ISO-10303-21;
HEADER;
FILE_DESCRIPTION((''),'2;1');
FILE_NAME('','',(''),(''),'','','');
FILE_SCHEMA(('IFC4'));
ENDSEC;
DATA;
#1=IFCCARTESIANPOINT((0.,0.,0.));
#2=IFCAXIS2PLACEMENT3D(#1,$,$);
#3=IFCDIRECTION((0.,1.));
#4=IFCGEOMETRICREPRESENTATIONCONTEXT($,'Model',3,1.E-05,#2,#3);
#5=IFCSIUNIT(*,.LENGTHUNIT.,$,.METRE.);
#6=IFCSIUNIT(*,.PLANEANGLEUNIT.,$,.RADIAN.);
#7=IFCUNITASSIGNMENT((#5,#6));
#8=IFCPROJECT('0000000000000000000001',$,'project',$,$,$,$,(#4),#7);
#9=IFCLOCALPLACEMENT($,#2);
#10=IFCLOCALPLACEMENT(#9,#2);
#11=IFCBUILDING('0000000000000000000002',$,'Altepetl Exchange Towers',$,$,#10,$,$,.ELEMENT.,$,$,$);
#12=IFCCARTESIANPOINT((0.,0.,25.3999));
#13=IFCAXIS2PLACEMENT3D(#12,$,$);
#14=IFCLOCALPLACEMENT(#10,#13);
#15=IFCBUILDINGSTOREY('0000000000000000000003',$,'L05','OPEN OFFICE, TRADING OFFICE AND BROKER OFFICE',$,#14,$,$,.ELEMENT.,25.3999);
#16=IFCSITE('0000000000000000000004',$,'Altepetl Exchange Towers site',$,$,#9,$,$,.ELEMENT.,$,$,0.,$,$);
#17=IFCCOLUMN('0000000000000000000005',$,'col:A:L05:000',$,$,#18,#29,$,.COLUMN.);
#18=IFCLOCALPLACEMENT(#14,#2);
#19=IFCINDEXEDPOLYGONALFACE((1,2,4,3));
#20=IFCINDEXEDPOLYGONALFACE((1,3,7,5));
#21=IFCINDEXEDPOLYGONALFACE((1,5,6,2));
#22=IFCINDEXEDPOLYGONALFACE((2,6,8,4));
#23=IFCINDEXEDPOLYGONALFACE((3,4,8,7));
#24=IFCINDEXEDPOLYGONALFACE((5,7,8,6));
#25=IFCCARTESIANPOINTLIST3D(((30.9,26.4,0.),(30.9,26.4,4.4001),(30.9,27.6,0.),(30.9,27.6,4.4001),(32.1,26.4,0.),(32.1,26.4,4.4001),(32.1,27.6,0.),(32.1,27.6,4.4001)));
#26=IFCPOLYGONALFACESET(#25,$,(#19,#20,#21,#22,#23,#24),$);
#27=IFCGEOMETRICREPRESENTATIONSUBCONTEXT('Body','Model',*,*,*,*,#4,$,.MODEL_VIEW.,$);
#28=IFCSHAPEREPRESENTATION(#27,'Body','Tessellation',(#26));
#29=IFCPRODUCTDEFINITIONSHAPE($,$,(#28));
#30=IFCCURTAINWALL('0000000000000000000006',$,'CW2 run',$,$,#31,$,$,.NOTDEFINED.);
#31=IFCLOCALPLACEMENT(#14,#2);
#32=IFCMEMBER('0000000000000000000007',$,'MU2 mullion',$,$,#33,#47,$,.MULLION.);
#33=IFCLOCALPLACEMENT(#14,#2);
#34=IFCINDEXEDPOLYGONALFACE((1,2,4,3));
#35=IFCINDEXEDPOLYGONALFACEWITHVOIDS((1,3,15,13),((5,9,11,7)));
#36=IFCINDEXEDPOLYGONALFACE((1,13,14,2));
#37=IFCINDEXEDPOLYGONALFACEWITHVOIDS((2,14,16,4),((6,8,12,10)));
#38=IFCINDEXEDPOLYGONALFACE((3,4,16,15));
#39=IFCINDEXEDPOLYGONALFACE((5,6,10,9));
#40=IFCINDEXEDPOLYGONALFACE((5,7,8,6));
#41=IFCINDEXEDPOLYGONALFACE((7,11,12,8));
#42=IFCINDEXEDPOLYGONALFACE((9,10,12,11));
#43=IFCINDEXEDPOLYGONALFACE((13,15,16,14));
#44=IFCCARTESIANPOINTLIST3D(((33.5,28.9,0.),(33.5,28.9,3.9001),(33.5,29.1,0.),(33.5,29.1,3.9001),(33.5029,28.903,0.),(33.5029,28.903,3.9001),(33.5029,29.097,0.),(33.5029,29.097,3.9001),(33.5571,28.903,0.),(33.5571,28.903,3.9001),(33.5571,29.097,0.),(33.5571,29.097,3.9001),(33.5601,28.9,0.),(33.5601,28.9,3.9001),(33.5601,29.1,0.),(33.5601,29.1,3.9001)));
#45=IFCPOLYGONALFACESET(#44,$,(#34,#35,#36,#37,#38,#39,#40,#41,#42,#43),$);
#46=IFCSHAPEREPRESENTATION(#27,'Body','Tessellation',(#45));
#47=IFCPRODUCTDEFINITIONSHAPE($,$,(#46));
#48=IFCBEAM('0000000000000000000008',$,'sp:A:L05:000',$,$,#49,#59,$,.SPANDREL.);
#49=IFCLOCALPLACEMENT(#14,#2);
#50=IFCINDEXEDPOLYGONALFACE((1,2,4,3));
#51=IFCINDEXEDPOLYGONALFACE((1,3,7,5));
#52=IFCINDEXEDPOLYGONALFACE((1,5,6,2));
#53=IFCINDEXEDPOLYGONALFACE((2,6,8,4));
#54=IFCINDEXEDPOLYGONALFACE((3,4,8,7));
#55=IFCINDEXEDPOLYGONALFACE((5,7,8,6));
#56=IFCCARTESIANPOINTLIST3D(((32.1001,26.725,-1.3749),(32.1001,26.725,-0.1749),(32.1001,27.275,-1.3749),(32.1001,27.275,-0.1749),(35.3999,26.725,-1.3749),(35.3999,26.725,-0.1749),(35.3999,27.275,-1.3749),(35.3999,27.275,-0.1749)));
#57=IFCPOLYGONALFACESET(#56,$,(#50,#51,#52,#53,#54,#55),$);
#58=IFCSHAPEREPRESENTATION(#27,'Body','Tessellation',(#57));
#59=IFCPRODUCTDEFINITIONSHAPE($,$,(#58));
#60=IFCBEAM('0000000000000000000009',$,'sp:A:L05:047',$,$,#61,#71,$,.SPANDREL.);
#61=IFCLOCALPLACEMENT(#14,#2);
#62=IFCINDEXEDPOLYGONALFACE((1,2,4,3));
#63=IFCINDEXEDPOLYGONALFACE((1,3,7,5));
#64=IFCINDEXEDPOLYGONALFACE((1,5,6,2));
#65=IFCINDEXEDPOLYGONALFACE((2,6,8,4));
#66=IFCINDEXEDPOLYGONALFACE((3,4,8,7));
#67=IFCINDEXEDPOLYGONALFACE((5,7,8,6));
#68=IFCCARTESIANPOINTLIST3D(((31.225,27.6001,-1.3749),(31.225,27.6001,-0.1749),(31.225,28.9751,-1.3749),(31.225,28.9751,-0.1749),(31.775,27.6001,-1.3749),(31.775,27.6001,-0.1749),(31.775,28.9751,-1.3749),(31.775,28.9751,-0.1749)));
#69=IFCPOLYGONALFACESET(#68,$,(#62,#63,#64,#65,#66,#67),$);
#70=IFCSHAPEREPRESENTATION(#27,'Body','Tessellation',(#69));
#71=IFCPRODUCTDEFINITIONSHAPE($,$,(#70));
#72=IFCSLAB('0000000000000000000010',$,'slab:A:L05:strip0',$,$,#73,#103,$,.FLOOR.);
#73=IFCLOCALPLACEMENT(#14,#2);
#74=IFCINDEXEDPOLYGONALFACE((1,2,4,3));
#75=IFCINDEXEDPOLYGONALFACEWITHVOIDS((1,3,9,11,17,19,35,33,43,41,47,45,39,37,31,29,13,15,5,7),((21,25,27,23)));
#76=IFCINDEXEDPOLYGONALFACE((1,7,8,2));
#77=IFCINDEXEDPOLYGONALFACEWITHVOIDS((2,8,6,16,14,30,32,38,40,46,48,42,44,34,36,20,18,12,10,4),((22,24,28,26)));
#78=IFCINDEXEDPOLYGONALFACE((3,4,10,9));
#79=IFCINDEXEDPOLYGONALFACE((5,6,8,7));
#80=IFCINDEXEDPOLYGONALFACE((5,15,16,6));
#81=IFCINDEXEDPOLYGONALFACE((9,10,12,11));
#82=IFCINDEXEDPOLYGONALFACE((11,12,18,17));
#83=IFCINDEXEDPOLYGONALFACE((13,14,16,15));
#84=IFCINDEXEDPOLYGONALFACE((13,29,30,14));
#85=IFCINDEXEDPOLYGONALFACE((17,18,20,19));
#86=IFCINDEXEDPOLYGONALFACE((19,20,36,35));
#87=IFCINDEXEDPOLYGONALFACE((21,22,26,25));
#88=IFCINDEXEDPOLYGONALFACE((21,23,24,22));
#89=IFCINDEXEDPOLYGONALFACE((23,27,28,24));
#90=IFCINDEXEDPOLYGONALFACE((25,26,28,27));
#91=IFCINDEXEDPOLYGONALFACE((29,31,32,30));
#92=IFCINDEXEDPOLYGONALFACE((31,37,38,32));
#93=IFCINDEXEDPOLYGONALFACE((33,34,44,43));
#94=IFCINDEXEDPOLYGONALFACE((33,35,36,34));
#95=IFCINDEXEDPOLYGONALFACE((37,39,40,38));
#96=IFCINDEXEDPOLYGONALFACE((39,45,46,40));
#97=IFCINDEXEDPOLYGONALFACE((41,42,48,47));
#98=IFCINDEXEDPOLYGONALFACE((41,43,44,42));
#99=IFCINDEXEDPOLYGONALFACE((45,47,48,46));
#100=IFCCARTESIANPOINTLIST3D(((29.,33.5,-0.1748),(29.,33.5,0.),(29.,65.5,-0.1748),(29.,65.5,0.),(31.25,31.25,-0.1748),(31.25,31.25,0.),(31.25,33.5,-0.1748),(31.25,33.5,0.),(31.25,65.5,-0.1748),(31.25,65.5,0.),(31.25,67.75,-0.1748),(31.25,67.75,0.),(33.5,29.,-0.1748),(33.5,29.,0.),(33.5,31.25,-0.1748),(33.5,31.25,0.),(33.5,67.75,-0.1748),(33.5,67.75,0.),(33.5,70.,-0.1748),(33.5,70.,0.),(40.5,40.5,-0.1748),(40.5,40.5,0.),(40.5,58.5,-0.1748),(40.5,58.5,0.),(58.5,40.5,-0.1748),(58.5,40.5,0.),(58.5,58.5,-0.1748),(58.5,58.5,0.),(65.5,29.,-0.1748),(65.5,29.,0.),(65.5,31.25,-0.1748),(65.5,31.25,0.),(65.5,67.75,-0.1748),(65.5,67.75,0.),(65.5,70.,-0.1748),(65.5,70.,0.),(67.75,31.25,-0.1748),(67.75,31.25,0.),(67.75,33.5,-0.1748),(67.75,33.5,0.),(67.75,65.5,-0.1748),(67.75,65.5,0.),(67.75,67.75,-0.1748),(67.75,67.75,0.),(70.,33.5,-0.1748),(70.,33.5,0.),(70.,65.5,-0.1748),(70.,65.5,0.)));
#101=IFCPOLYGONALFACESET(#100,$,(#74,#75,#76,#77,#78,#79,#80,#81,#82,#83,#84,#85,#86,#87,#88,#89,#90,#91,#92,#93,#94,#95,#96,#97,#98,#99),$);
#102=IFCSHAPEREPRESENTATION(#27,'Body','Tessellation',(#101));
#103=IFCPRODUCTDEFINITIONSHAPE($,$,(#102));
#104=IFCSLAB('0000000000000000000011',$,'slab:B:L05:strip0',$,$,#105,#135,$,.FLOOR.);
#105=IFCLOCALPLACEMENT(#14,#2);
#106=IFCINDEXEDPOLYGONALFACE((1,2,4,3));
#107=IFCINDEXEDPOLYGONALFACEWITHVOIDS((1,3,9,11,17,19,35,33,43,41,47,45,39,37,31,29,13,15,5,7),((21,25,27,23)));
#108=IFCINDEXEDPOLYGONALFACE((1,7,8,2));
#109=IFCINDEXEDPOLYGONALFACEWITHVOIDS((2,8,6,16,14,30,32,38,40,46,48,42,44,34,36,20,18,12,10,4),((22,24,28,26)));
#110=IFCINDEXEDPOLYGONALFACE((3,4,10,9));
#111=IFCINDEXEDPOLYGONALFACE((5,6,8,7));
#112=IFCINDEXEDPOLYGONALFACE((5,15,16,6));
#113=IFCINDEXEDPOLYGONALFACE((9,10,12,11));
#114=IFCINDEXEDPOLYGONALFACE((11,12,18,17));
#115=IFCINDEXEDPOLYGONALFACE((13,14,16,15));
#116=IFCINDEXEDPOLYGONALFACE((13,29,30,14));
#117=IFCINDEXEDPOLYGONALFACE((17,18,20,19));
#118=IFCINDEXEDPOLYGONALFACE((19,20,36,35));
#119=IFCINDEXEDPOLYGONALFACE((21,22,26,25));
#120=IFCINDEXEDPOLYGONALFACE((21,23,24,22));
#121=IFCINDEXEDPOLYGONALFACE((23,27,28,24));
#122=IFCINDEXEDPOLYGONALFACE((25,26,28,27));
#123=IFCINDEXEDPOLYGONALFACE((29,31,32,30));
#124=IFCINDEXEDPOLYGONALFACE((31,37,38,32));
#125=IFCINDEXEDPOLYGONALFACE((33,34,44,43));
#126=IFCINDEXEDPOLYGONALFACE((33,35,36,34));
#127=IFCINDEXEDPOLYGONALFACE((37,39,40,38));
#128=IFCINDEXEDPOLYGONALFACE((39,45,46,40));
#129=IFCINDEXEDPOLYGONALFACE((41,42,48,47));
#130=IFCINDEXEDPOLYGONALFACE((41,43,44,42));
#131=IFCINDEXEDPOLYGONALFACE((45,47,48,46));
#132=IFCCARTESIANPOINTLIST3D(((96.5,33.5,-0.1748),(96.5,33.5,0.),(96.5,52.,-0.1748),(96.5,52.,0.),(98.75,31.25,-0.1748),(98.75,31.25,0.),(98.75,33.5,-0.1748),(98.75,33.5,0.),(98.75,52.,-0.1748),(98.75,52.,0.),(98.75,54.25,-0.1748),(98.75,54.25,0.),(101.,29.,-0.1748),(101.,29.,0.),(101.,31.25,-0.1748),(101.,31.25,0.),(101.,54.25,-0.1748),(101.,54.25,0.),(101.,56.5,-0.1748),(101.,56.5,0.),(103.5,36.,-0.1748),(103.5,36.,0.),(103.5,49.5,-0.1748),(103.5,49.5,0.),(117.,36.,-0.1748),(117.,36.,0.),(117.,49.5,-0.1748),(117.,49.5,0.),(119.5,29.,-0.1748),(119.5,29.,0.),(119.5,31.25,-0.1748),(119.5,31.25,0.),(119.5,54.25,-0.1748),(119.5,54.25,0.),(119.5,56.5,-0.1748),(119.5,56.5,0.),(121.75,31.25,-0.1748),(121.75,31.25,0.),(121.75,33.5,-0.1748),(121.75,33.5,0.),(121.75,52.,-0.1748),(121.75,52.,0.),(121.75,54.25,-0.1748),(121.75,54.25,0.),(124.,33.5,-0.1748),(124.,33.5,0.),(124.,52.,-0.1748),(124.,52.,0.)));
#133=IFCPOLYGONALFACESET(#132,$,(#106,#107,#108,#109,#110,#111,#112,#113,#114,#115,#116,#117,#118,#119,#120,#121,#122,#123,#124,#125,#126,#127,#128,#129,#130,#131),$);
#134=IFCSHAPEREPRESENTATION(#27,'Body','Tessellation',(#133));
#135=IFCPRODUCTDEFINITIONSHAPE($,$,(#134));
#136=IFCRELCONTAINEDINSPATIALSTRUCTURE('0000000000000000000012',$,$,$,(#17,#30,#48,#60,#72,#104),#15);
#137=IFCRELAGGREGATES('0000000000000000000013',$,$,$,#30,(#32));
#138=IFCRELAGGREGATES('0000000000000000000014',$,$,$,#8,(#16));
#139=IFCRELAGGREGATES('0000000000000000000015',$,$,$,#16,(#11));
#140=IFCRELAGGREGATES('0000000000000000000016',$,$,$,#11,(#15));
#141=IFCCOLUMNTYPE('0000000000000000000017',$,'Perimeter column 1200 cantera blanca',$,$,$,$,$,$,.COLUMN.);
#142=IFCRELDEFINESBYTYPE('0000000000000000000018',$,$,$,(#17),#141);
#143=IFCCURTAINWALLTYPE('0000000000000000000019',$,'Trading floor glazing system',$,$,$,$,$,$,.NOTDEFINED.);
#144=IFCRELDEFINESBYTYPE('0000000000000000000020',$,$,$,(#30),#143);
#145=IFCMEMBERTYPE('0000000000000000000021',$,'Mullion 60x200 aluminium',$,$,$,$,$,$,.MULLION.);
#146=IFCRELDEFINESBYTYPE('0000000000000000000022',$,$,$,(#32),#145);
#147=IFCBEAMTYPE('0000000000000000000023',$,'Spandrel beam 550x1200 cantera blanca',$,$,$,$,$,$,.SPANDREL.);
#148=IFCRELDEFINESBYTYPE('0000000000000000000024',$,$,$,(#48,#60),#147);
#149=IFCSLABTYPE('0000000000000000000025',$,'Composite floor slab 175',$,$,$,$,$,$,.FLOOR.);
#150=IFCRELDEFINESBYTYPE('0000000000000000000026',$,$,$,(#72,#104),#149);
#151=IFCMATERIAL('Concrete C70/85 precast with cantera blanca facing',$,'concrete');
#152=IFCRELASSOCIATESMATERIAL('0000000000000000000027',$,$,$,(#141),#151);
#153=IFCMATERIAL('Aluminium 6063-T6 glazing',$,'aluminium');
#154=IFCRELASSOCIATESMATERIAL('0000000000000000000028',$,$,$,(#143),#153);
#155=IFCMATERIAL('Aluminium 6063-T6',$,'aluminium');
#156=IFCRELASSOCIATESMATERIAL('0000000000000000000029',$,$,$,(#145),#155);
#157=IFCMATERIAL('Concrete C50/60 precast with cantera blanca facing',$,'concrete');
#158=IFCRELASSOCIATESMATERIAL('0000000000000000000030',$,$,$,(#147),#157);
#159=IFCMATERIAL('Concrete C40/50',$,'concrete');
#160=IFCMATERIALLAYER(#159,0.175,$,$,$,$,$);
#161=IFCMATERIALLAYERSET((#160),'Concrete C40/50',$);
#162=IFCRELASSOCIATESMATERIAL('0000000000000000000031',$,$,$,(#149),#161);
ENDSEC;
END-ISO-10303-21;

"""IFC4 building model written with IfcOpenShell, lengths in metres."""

from ifc_helpers import new_model, si_unit, direction, frame, origin, origin_2d, place, context, subcontext, project, spatial, polyline, rectangle, hollow_rectangle, outline, extrude, material, layer, layer_set, material_profile, profile_set, type_object, element, aggregate, save


model = new_model("IFC4")

# Units and contexts
model_context = context("Model", 3, precision=1e-05, world=origin(), true_north=direction((0.0, 1.0)))
body_context = subcontext(model_context, "Body", "Model", "MODEL_VIEW")
ifc_project = project(units=[si_unit("LENGTHUNIT", "METRE"), si_unit("PLANEANGLEUNIT", "RADIAN")], contexts=[model_context])

# Site, building, storey
site_placement = place(None, origin())
site = spatial("IfcSite", under=ifc_project, at=site_placement, Name="Altepetl Exchange Towers site", CompositionType="ELEMENT", RefElevation=0.0)
building_placement = place(site_placement, origin())
building = spatial("IfcBuilding", under=site, at=building_placement, Name="Altepetl Exchange Towers", CompositionType="ELEMENT")
storey_placement = place(building_placement, frame((0.0, 0.0, 25.3999)))
storey = spatial("IfcBuildingStorey", under=building, at=storey_placement, Name="L05", Description="OPEN OFFICE, TRADING OFFICE AND BROKER OFFICE", CompositionType="ELEMENT", Elevation=25.3999)

# Column
ifc_material_1 = material(Name="Concrete C70/85 precast with cantera blanca facing", Category="concrete")
ifc_material_profile_1 = material_profile(ifc_material_1, rectangle(XDim=1.2, YDim=1.2, at=origin_2d()), Name="1200 x 1200")
ifc_profile_set_1 = profile_set([ifc_material_profile_1], Name="Concrete C70/85 precast with cantera blanca facing")
column_type = type_object("IfcColumnType", Name="Perimeter column 1200 cantera blanca", PredefinedType="COLUMN", material=ifc_profile_set_1)
column_placement = place(storey_placement, frame((31.5, 27.0, 0.0)))
element("IfcColumn", 1, at=column_placement, inside=storey, type_object=column_type, Name="col:A:L05:000", PredefinedType="COLUMN", context=body_context, shape_type="SweptSolid", body=[
    extrude(rectangle(XDim=1.2, YDim=1.2, at=origin_2d()), origin(), (0.0, 0.0, 1.0), 4.4001),
])

# Curtain wall, member
ifc_material_2 = material(Name="Aluminium 6063-T6 glazing", Category="aluminium")
curtain_wall_type = type_object("IfcCurtainWallType", Name="Trading floor glazing system", PredefinedType="NOTDEFINED", material=ifc_material_2)
curtain_wall_placement = place(storey_placement, origin())
curtain_wall = element("IfcCurtainWall", 2, at=curtain_wall_placement, inside=storey, type_object=curtain_wall_type, Name="CW2 run", PredefinedType="NOTDEFINED")
ifc_material_3 = material(Name="Aluminium 6063-T6", Category="aluminium")
ifc_material_profile_2 = material_profile(ifc_material_3, hollow_rectangle(XDim=0.0601, YDim=0.2, WallThickness=0.0029, at=origin_2d()), Name="Mullion 60x200 aluminium")
ifc_profile_set_2 = profile_set([ifc_material_profile_2], Name="Aluminium 6063-T6")
member_type = type_object("IfcMemberType", Name="Mullion 60x200 aluminium", PredefinedType="MULLION", material=ifc_profile_set_2)
member_placement = place(storey_placement, frame((33.53, 29.0, 0.0)))
member = element("IfcMember", 3, at=member_placement, type_object=member_type, Name="MU2 mullion", PredefinedType="MULLION", context=body_context, shape_type="SweptSolid", body=[
    extrude(hollow_rectangle(XDim=0.0601, YDim=0.2, WallThickness=0.0029, at=origin_2d()), origin(), (0.0, 0.0, 1.0), 3.9001),
])
aggregate(curtain_wall, [member])

# Beams
ifc_material_4 = material(Name="Concrete C50/60 precast with cantera blanca facing", Category="concrete")
ifc_material_profile_3 = material_profile(ifc_material_4, rectangle(XDim=0.55, YDim=1.2, at=origin_2d()), Name="550 x 1200")
ifc_profile_set_3 = profile_set([ifc_material_profile_3], Name="Concrete C50/60 precast with cantera blanca facing")
beam_type = type_object("IfcBeamType", Name="Spandrel beam 550x1200 cantera blanca", PredefinedType="SPANDREL", material=ifc_profile_set_3)
beam_1_placement = place(storey_placement, frame((32.1001, 27.0, -0.7749), z_axis=(1.0, 0.0, 0.0), x_axis=(0.0, 1.0, 0.0)))
element("IfcBeam", 4, at=beam_1_placement, inside=storey, type_object=beam_type, Name="sp:A:L05:000", PredefinedType="SPANDREL", context=body_context, shape_type="SweptSolid", body=[
    extrude(rectangle(XDim=0.55, YDim=1.2, at=origin_2d()), origin(), (0.0, 0.0, 1.0), 3.2998),
])
beam_2_placement = place(storey_placement, frame((31.5, 28.9751, -0.7749), z_axis=(0.0, -1.0, 0.0), x_axis=(1.0, 0.0, 0.0)))
element("IfcBeam", 5, at=beam_2_placement, inside=storey, type_object=beam_type, Name="sp:A:L05:047", PredefinedType="SPANDREL", context=body_context, shape_type="SweptSolid", body=[
    extrude(rectangle(XDim=0.55, YDim=1.2, at=origin_2d()), origin(), (0.0, 0.0, 1.0), 1.375),
])

# Slabs
ifc_material_5 = material(Name="Concrete C40/50", Category="concrete")
ifc_layer_1 = layer(ifc_material_5, 0.175)
ifc_layer_set_1 = layer_set([ifc_layer_1], Name="Concrete C40/50")
slab_type_1 = type_object("IfcSlabType", Name="Composite floor slab 175", PredefinedType="FLOOR", material=ifc_layer_set_1)
slab_1_placement = place(storey_placement, frame((0.0, 0.0, -0.1748)))
element("IfcSlab", 6, at=slab_1_placement, inside=storey, type_object=slab_type_1, Name="slab:A:L05:strip0", PredefinedType="FLOOR", context=body_context, shape_type="SweptSolid", body=[
    extrude(outline(polyline([(31.25, 67.75), (31.25, 65.5), (29.0, 65.5), (29.0, 33.5), (31.25, 33.5), (31.25, 31.25), (33.5, 31.25), (33.5, 29.0), (65.5, 29.0), (65.5, 31.25), (67.75, 31.25), (67.75, 33.5), (70.0, 33.5), (70.0, 65.5), (67.75, 65.5), (67.75, 67.75), (65.5, 67.75), (65.5, 70.0), (33.5, 70.0), (33.5, 67.75), (31.25, 67.75)]), holes=[polyline([(58.5, 58.5), (58.5, 40.5), (40.5, 40.5), (40.5, 58.5), (58.5, 58.5)])]), origin(), (0.0, 0.0, 1.0), 0.1748),
])
slab_2_placement = place(storey_placement, frame((0.0, 0.0, -0.1748)))
element("IfcSlab", 7, at=slab_2_placement, inside=storey, type_object=slab_type_1, Name="slab:B:L05:strip0", PredefinedType="FLOOR", context=body_context, shape_type="SweptSolid", body=[
    extrude(outline(polyline([(98.75, 54.25), (98.75, 52.0), (96.5, 52.0), (96.5, 33.5), (98.75, 33.5), (98.75, 31.25), (101.0, 31.25), (101.0, 29.0), (119.5, 29.0), (119.5, 31.25), (121.75, 31.25), (121.75, 33.5), (124.0, 33.5), (124.0, 52.0), (121.75, 52.0), (121.75, 54.25), (119.5, 54.25), (119.5, 56.5), (101.0, 56.5), (101.0, 54.25), (98.75, 54.25)]), holes=[polyline([(117.0, 49.5), (117.0, 36.0), (103.5, 36.0), (103.5, 49.5), (117.0, 49.5)])]), origin(), (0.0, 0.0, 1.0), 0.1748),
])

save(model, "model.ifc")
